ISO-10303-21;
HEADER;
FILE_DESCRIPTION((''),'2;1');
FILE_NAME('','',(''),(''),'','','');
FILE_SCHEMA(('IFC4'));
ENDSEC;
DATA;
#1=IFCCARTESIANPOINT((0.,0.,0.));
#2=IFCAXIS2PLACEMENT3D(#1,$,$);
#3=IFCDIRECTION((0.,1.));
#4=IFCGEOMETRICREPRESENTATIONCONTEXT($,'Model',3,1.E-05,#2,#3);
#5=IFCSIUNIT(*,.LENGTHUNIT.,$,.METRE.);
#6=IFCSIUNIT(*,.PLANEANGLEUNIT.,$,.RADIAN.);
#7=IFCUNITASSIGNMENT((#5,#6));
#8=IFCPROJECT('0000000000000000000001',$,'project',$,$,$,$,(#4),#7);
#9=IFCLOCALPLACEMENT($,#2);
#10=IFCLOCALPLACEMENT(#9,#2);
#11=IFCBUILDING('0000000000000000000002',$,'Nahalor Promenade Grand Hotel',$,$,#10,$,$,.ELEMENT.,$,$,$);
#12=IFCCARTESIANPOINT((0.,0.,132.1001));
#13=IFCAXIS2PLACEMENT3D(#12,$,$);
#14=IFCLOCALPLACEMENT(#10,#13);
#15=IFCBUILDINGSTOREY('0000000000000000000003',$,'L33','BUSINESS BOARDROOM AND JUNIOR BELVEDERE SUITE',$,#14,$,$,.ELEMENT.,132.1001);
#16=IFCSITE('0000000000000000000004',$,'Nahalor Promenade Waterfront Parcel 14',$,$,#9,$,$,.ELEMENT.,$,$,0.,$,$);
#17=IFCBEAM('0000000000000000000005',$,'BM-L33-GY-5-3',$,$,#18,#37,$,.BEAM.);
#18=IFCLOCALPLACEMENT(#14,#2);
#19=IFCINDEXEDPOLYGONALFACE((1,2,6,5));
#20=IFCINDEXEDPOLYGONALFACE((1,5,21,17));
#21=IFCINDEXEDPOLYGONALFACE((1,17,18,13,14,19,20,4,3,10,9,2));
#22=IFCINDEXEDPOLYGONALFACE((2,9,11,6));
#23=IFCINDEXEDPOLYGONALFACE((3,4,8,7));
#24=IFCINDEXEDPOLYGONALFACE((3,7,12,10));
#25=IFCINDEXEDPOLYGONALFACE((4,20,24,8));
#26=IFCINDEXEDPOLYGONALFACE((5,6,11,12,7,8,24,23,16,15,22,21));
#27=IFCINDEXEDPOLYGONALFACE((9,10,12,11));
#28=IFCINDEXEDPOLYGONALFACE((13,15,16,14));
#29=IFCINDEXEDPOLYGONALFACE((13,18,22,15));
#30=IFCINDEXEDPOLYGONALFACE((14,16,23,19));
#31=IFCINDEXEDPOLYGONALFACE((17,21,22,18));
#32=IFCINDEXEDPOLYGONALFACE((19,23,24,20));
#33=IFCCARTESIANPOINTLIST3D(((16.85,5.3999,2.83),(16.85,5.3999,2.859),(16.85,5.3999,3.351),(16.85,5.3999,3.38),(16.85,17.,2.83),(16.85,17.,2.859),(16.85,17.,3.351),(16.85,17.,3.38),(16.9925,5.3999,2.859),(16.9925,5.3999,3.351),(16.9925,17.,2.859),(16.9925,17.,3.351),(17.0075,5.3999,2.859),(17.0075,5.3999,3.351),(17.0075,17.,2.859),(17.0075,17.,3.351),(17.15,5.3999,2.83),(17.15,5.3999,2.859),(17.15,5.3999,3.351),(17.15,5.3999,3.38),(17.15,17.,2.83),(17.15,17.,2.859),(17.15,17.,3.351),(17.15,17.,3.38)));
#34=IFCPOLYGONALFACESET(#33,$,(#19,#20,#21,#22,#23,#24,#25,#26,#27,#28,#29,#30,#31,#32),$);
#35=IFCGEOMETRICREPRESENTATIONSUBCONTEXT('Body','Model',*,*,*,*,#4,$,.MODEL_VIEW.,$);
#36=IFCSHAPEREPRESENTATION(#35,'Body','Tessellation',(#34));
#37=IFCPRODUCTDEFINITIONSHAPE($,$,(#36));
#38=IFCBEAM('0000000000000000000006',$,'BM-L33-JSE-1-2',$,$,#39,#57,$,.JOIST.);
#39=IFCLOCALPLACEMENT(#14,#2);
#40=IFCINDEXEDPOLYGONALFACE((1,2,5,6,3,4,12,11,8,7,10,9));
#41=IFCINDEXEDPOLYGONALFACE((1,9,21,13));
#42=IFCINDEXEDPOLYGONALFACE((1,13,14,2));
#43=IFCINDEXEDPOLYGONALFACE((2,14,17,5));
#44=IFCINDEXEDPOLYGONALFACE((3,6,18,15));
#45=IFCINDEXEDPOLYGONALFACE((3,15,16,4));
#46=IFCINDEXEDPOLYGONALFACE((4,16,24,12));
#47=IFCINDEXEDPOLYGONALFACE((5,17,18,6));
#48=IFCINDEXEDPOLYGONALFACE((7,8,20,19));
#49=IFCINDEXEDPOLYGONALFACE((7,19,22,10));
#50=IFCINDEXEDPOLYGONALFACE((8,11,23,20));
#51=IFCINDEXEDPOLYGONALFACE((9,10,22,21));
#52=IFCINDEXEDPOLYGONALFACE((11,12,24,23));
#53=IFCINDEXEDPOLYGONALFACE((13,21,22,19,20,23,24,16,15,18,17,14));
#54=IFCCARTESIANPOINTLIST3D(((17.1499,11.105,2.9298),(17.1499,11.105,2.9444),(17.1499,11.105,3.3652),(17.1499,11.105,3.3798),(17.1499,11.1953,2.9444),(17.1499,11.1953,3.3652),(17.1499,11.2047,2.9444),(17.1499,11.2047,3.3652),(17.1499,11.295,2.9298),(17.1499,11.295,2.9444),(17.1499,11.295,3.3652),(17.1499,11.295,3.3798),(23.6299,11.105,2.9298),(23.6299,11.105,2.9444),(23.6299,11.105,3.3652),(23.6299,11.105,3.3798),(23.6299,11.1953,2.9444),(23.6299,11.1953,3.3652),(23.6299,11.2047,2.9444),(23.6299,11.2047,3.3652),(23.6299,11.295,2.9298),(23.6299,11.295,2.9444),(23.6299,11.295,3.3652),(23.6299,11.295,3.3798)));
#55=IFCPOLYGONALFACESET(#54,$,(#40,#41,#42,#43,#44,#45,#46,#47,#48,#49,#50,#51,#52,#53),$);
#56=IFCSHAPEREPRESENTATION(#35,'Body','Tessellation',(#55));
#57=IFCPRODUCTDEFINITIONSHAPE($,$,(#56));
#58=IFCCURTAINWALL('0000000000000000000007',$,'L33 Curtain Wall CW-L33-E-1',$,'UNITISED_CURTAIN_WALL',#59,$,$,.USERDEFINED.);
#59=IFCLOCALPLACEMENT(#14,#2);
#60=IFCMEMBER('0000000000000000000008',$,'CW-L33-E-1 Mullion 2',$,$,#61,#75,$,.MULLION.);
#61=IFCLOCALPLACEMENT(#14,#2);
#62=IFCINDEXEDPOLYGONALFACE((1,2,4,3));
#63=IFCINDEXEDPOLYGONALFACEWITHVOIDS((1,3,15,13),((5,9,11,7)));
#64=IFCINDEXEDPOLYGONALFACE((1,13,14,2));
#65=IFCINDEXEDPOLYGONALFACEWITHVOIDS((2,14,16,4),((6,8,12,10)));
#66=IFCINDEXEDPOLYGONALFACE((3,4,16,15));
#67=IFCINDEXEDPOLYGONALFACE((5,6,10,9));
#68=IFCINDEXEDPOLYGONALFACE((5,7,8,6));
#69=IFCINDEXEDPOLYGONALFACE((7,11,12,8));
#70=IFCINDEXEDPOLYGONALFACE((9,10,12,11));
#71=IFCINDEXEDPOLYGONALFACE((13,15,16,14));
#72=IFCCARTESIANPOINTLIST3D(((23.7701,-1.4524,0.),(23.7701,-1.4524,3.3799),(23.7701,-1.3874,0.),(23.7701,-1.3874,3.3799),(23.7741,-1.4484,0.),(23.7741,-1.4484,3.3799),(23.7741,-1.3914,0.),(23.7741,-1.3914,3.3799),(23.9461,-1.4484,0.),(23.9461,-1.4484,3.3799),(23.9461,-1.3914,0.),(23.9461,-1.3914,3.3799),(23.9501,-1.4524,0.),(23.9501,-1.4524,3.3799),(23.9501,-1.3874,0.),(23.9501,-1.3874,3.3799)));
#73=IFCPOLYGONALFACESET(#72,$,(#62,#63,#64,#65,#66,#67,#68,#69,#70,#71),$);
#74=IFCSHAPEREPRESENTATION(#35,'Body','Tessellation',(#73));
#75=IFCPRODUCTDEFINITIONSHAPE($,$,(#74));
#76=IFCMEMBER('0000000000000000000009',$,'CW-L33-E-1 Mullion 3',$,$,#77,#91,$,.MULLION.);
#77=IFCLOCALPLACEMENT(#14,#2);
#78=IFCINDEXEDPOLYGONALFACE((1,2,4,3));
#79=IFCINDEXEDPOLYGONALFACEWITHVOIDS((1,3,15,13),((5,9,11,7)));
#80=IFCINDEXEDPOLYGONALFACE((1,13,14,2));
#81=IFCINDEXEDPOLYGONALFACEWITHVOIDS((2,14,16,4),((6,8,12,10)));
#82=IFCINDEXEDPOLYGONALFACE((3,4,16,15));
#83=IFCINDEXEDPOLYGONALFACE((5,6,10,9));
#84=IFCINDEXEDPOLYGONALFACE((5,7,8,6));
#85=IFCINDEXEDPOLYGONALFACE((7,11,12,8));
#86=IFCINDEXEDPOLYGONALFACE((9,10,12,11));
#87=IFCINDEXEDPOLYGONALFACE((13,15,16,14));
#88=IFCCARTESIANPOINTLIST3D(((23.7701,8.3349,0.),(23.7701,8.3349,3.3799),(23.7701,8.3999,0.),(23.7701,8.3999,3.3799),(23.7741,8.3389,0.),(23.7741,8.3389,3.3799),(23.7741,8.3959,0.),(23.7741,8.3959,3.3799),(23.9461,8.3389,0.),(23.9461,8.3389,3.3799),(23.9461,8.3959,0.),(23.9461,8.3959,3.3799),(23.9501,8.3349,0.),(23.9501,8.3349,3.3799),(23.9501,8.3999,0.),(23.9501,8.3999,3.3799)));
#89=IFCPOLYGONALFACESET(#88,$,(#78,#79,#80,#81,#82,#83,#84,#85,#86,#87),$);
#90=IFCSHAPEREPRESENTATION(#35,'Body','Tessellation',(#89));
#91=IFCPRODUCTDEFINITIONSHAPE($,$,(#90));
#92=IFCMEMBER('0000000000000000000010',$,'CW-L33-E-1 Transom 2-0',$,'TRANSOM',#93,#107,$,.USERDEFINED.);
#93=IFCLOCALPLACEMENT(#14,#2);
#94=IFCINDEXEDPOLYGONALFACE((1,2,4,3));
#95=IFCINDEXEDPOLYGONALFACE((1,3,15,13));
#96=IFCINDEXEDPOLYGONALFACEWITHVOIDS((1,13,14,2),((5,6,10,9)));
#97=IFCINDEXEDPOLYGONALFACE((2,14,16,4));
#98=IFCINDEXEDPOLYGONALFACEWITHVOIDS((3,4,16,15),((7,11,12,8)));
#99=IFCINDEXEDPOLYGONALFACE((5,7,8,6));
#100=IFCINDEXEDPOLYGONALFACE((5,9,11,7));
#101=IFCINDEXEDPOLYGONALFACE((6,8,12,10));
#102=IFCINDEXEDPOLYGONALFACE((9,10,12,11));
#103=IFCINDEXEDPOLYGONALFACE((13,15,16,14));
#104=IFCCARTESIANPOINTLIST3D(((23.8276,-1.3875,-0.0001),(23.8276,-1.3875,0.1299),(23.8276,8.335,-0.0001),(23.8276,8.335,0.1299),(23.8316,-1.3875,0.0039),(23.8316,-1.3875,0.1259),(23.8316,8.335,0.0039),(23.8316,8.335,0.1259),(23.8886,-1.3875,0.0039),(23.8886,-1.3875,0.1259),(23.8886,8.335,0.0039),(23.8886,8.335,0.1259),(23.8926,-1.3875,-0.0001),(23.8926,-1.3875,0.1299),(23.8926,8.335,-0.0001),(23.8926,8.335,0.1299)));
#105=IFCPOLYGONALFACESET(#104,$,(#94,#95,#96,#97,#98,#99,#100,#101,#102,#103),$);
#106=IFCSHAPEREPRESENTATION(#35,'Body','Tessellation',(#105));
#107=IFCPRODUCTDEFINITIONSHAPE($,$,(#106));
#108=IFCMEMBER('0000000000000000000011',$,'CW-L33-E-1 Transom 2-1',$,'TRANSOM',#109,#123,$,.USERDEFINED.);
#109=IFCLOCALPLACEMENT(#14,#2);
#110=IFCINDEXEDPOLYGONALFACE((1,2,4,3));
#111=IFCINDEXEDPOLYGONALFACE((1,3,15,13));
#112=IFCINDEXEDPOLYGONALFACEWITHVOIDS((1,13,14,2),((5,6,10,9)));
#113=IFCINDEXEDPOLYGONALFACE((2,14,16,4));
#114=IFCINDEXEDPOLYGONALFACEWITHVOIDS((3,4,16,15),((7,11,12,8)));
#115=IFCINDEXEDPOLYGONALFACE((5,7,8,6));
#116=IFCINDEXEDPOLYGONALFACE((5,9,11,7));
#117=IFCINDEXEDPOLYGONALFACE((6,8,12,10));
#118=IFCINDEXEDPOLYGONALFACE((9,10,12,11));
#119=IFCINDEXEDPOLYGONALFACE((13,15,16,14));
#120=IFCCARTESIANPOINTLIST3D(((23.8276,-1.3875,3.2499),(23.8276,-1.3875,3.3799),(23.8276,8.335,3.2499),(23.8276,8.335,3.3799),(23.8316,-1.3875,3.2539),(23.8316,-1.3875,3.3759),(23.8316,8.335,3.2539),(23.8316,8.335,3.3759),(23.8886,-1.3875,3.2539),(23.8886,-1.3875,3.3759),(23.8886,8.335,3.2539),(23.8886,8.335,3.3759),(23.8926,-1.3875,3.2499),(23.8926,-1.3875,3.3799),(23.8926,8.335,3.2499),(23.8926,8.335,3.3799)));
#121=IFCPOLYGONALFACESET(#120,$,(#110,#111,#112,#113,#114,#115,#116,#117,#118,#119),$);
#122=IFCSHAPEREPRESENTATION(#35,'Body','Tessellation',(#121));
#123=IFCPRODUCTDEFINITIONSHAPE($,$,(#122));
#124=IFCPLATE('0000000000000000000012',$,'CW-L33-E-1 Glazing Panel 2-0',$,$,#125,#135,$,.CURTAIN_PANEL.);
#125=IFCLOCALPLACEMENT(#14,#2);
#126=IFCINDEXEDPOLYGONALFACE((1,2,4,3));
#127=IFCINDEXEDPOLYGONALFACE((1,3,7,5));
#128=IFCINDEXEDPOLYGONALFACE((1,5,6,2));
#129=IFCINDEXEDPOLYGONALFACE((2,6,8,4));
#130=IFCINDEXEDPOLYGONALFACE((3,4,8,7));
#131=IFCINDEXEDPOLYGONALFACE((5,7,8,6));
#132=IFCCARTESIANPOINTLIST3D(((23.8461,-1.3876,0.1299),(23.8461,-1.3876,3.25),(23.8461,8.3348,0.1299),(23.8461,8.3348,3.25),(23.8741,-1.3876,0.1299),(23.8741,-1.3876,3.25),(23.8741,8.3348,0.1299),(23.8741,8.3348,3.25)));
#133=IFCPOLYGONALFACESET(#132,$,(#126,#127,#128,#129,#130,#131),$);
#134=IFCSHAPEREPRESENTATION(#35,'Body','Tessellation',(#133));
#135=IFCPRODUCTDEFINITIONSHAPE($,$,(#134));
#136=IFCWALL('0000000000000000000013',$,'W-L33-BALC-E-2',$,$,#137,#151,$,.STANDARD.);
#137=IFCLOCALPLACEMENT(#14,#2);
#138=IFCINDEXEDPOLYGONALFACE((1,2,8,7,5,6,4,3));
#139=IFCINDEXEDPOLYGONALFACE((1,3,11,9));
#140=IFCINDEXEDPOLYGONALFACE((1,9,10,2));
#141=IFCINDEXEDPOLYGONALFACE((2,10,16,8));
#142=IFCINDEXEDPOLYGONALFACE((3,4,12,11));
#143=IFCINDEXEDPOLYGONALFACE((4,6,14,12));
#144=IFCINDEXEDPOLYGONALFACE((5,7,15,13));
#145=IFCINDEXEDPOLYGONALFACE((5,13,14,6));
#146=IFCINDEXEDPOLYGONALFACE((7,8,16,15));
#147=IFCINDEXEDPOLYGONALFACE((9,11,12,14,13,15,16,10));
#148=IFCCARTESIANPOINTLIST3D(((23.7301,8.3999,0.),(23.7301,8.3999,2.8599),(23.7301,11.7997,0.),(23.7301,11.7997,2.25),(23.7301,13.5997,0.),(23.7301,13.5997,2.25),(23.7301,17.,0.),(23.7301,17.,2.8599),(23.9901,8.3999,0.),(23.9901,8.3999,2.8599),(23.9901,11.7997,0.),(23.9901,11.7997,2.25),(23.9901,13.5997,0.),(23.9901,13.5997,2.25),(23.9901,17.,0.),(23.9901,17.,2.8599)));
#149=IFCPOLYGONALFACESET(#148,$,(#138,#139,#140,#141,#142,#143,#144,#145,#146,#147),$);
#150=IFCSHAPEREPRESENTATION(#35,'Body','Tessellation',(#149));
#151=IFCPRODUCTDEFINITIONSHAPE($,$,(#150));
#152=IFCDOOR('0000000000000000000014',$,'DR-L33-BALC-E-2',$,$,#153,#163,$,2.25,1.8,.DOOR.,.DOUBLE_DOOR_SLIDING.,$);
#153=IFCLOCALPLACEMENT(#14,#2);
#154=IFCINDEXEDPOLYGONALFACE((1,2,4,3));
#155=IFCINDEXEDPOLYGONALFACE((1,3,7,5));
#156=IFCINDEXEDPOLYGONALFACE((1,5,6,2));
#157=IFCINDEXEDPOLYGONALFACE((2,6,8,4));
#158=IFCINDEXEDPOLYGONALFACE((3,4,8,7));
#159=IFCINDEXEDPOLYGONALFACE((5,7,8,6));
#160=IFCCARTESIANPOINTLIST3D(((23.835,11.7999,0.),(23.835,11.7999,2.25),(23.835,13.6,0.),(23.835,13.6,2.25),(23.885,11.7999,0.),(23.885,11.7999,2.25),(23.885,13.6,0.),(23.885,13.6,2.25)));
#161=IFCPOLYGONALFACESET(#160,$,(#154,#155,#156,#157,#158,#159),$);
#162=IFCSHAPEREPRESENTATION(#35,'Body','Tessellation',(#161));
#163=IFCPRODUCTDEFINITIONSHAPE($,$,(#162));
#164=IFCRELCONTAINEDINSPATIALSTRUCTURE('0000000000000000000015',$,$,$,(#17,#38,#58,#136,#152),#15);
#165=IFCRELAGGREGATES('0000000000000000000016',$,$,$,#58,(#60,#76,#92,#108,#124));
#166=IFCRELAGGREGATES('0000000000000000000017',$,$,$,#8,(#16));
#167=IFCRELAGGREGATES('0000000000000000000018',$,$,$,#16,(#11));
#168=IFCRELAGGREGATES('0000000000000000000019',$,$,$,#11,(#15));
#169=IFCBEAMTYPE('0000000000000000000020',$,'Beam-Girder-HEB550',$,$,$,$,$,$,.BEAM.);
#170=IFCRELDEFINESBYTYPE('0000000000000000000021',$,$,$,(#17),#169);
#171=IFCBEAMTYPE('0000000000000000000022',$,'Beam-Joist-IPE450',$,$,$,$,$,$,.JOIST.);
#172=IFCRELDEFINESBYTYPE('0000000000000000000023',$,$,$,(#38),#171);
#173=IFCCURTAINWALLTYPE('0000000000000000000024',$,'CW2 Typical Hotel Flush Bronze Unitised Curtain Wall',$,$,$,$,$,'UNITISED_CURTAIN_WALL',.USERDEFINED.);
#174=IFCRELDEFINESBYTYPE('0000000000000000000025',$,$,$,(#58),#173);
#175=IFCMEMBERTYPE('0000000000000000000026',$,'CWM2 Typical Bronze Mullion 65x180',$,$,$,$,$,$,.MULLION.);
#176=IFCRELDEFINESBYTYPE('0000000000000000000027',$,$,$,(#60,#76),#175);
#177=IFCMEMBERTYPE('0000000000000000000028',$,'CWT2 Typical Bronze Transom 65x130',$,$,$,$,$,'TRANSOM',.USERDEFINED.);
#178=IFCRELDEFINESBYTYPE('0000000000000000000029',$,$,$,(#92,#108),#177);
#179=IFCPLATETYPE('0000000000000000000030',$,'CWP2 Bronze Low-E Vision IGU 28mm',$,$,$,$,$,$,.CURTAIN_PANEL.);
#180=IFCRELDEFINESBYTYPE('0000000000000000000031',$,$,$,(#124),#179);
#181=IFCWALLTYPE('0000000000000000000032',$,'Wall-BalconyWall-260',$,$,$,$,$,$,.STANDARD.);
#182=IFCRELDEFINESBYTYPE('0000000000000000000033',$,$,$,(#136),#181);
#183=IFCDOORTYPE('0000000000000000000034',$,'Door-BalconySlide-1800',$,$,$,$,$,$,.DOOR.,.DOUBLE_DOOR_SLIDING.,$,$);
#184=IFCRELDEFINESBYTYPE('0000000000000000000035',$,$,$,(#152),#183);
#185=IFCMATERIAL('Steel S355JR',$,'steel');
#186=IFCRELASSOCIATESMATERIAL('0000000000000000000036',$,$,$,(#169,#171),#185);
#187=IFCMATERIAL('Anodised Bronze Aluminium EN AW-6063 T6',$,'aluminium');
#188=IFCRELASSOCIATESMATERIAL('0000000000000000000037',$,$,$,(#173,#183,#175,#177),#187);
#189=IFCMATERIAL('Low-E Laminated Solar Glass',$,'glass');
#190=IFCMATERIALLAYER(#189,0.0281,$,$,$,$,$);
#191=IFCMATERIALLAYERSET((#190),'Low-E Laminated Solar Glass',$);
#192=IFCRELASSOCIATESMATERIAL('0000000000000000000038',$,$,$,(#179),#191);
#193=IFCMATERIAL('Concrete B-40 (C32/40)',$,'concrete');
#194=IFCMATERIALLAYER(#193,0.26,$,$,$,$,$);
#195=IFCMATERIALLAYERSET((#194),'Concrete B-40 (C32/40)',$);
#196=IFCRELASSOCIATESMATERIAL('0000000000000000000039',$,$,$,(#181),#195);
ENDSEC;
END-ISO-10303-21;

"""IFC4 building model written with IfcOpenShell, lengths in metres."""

from ifc_helpers import new_model, si_unit, direction, frame, frame_2d, origin, origin_2d, place, context, subcontext, project, spatial, rectangle, hollow_rectangle, i_section, extrude, source, transform, mapped, material, layer, layer_set, material_profile, profile_set, type_object, element, fill, aggregate, save


model = new_model("IFC4")

# Units and contexts
model_context = context("Model", 3, precision=1e-05, world=origin(), true_north=direction((0.0, 1.0)))
body_context = subcontext(model_context, "Body", "Model", "MODEL_VIEW")
ifc_project = project(units=[si_unit("LENGTHUNIT", "METRE"), si_unit("PLANEANGLEUNIT", "RADIAN")], contexts=[model_context])

# Site, building, storey
site_placement = place(None, origin())
site = spatial("IfcSite", under=ifc_project, at=site_placement, Name="Nahalor Promenade Waterfront Parcel 14", CompositionType="ELEMENT", RefElevation=0.0)
building_placement = place(site_placement, origin())
building = spatial("IfcBuilding", under=site, at=building_placement, Name="Nahalor Promenade Grand Hotel", CompositionType="ELEMENT")
storey_placement = place(building_placement, frame((0.0, 0.0, 132.1001)))
storey = spatial("IfcBuildingStorey", under=building, at=storey_placement, Name="L33", Description="BUSINESS BOARDROOM AND JUNIOR BELVEDERE SUITE", CompositionType="ELEMENT", Elevation=132.1001)

# Beams
ifc_material_1 = material(Name="Steel S355JR", Category="steel")
ifc_material_profile_1 = material_profile(ifc_material_1, i_section(OverallWidth=0.3, OverallDepth=0.55, WebThickness=0.015, FlangeThickness=0.029, at=origin_2d()), Name="HEB 550")
ifc_profile_set_1 = profile_set([ifc_material_profile_1], Name="Steel S355JR")
beam_type_1 = type_object("IfcBeamType", Name="Beam-Girder-HEB550", PredefinedType="BEAM", material=ifc_profile_set_1)
shared_shape_1 = source(origin(), body_context, "Body", "SweptSolid", [
    extrude(i_section(OverallWidth=0.3, OverallDepth=0.55, WebThickness=0.015, FlangeThickness=0.029, at=origin_2d()), origin(), (0.0, 0.0, 1.0), 11.6001),
])
beam_1_placement = place(storey_placement, frame((17.0, 5.3999, 3.105), z_axis=(0.0, 1.0, 0.0), x_axis=(-1.0, 0.0, 0.0)))
element("IfcBeam", 1, at=beam_1_placement, inside=storey, type_object=beam_type_1, Name="BM-L33-GY-5-3", PredefinedType="BEAM", context=body_context, shape_type="MappedRepresentation", body=[
    mapped(shared_shape_1, transform((0.0, 0.0, 0.0), scale=1.0)),
])
ifc_material_profile_2 = material_profile(ifc_material_1, i_section(OverallWidth=0.19, OverallDepth=0.45, WebThickness=0.0094, FlangeThickness=0.0146, at=origin_2d()), Name="IPE 450")
ifc_profile_set_2 = profile_set([ifc_material_profile_2], Name="Steel S355JR")
beam_type_2 = type_object("IfcBeamType", Name="Beam-Joist-IPE450", PredefinedType="JOIST", material=ifc_profile_set_2)
shared_shape_2 = source(origin(), body_context, "Body", "SweptSolid", [
    extrude(i_section(OverallWidth=0.19, OverallDepth=0.45, WebThickness=0.0094, FlangeThickness=0.0146, at=origin_2d()), origin(), (0.0, 0.0, 1.0), 6.48),
])
beam_2_placement = place(storey_placement, frame((17.1499, 11.2, 3.1548), z_axis=(1.0, 0.0, 0.0), x_axis=(0.0, 1.0, 0.0)))
element("IfcBeam", 2, at=beam_2_placement, inside=storey, type_object=beam_type_2, Name="BM-L33-JSE-1-2", PredefinedType="JOIST", context=body_context, shape_type="MappedRepresentation", body=[
    mapped(shared_shape_2, transform((0.0, 0.0, 0.0), scale=1.0)),
])

# Curtain wall, members, plate
ifc_material_2 = material(Name="Anodised Bronze Aluminium EN AW-6063 T6", Category="aluminium")
curtain_wall_type = type_object("IfcCurtainWallType", Name="CW2 Typical Hotel Flush Bronze Unitised Curtain Wall", ElementType="UNITISED_CURTAIN_WALL", PredefinedType="USERDEFINED", material=ifc_material_2)
curtain_wall_placement = place(storey_placement, origin())
curtain_wall = element("IfcCurtainWall", 3, at=curtain_wall_placement, inside=storey, type_object=curtain_wall_type, Name="L33 Curtain Wall CW-L33-E-1", ObjectType="UNITISED_CURTAIN_WALL", PredefinedType="USERDEFINED")
ifc_material_profile_3 = material_profile(ifc_material_2, hollow_rectangle(XDim=0.065, YDim=0.18, WallThickness=0.004, at=origin_2d()), Name="CWM 65x180x4")
ifc_profile_set_3 = profile_set([ifc_material_profile_3], Name="Anodised Bronze Aluminium EN AW-6063 T6")
member_type_1 = type_object("IfcMemberType", Name="CWM2 Typical Bronze Mullion 65x180", PredefinedType="MULLION", material=ifc_profile_set_3)
shared_shape_3 = source(origin(), body_context, "Body", "SweptSolid", [
    extrude(hollow_rectangle(XDim=0.065, YDim=0.18, WallThickness=0.004, at=origin_2d()), origin(), (0.0, 0.0, 1.0), 3.3799),
])
member_1_placement = place(storey_placement, frame((23.8601, -1.4199, 0.0), z_axis=(0.0, 0.0, 1.0), x_axis=(0.0, 1.0, 0.0)))
member_1 = element("IfcMember", 4, at=member_1_placement, type_object=member_type_1, Name="CW-L33-E-1 Mullion 2", PredefinedType="MULLION", context=body_context, shape_type="MappedRepresentation", body=[
    mapped(shared_shape_3, transform((0.0, 0.0, 0.0), scale=1.0)),
])
member_2_placement = place(storey_placement, frame((23.8601, 8.3674, 0.0), z_axis=(0.0, 0.0, 1.0), x_axis=(0.0, 1.0, 0.0)))
member_2 = element("IfcMember", 5, at=member_2_placement, type_object=member_type_1, Name="CW-L33-E-1 Mullion 3", PredefinedType="MULLION", context=body_context, shape_type="MappedRepresentation", body=[
    mapped(shared_shape_3, transform((0.0, 0.0, 0.0), scale=1.0)),
])
ifc_material_profile_4 = material_profile(ifc_material_2, hollow_rectangle(XDim=0.065, YDim=0.13, WallThickness=0.004, at=origin_2d()), Name="CWT 65x130x4")
ifc_profile_set_4 = profile_set([ifc_material_profile_4], Name="Anodised Bronze Aluminium EN AW-6063 T6")
member_type_2 = type_object("IfcMemberType", Name="CWT2 Typical Bronze Transom 65x130", ElementType="TRANSOM", PredefinedType="USERDEFINED", material=ifc_profile_set_4)
shared_shape_4 = source(origin(), body_context, "Body", "SweptSolid", [
    extrude(hollow_rectangle(XDim=0.065, YDim=0.13, WallThickness=0.004, at=origin_2d()), origin(), (0.0, 0.0, 1.0), 9.7224),
])
member_3_placement = place(storey_placement, frame((23.8601, -1.3875, 0.0649), z_axis=(0.0, 1.0, 0.0), x_axis=(-1.0, 0.0, 0.0)))
member_3 = element("IfcMember", 6, at=member_3_placement, type_object=member_type_2, Name="CW-L33-E-1 Transom 2-0", ObjectType="TRANSOM", PredefinedType="USERDEFINED", context=body_context, shape_type="MappedRepresentation", body=[
    mapped(shared_shape_4, transform((0.0, 0.0, 0.0), scale=1.0)),
])
member_4_placement = place(storey_placement, frame((23.8601, -1.3875, 3.3149), z_axis=(0.0, 1.0, 0.0), x_axis=(-1.0, 0.0, 0.0)))
member_4 = element("IfcMember", 7, at=member_4_placement, type_object=member_type_2, Name="CW-L33-E-1 Transom 2-1", ObjectType="TRANSOM", PredefinedType="USERDEFINED", context=body_context, shape_type="MappedRepresentation", body=[
    mapped(shared_shape_4, transform((0.0, 0.0, 0.0), scale=1.0)),
])
ifc_material_3 = material(Name="Low-E Laminated Solar Glass", Category="glass")
ifc_layer_1 = layer(ifc_material_3, 0.0281)
ifc_layer_set_1 = layer_set([ifc_layer_1], Name="Low-E Laminated Solar Glass")
plate_type = type_object("IfcPlateType", Name="CWP2 Bronze Low-E Vision IGU 28mm", PredefinedType="CURTAIN_PANEL", material=ifc_layer_set_1)
shared_shape_5 = source(origin(), body_context, "Body", "SweptSolid", [
    extrude(rectangle(XDim=9.7224, YDim=0.0281, at=origin_2d()), origin(), (0.0, 0.0, 1.0), 3.1201),
])
plate_placement = place(storey_placement, frame((23.8601, 3.4736, 0.1299), z_axis=(0.0, 0.0, 1.0), x_axis=(0.0, 1.0, 0.0)))
plate = element("IfcPlate", 8, at=plate_placement, type_object=plate_type, Name="CW-L33-E-1 Glazing Panel 2-0", PredefinedType="CURTAIN_PANEL", context=body_context, shape_type="MappedRepresentation", body=[
    mapped(shared_shape_5, transform((0.0, 0.0, 0.0), scale=1.0)),
])
aggregate(curtain_wall, [member_1, member_2, member_3, member_4, plate])

# Wall, opening, door
ifc_material_4 = material(Name="Concrete B-40 (C32/40)", Category="concrete")
ifc_layer_2 = layer(ifc_material_4, 0.26)
ifc_layer_set_2 = layer_set([ifc_layer_2], Name="Concrete B-40 (C32/40)")
wall_type_1 = type_object("IfcWallType", Name="Wall-BalconyWall-260", PredefinedType="STANDARD", material=ifc_layer_set_2)
shared_shape_6 = source(origin(), body_context, "Body", "SweptSolid", [
    extrude(rectangle(XDim=8.6001, YDim=0.26, at=frame_2d((4.3, 0.0))), origin(), (0.0, 0.0, 1.0), 2.8599),
])
wall_1_placement = place(storey_placement, frame((23.8601, 8.3999, 0.0), z_axis=(0.0, 0.0, 1.0), x_axis=(0.0, 1.0, 0.0)))
wall_1 = element("IfcWall", 9, at=wall_1_placement, inside=storey, type_object=wall_type_1, Name="W-L33-BALC-E-2", PredefinedType="STANDARD", context=body_context, shape_type="MappedRepresentation", body=[
    mapped(shared_shape_6, transform((0.0, 0.0, 0.0), scale=1.0)),
])
opening_1_placement = place(wall_1_placement, frame((3.3999, 0.0, 0.0)))
opening_1 = element("IfcOpeningElement", 10, at=opening_1_placement, cuts=wall_1, PredefinedType="OPENING", context=body_context, shape_type="SweptSolid", body=[
    extrude(rectangle(XDim=1.8, YDim=2.25, at=frame_2d((0.8999, 1.125))), frame((0.0, 0.1399, 0.0), z_axis=(0.0, -1.0, 0.0), x_axis=(1.0, 0.0, 0.0)), (0.0, 0.0, 1.0), 0.28),
])
door_type_1 = type_object("IfcDoorType", Name="Door-BalconySlide-1800", OperationType="DOUBLE_DOOR_SLIDING", PredefinedType="DOOR", material=ifc_material_2)
shared_shape_7 = source(origin(), body_context, "Body", "SweptSolid", [
    extrude(rectangle(XDim=1.8, YDim=2.25, at=frame_2d((0.8999, 1.125))), frame((0.0, 0.0249, 0.0), z_axis=(0.0, -1.0, 0.0), x_axis=(1.0, 0.0, 0.0)), (0.0, 0.0, 1.0), 0.05),
])
door_1_placement = place(opening_1_placement, frame((1.8, 0.0, 0.0), z_axis=(0.0, 0.0, 1.0), x_axis=(-1.0, 0.0, 0.0)))
door_1 = element("IfcDoor", 11, at=door_1_placement, inside=storey, type_object=door_type_1, Name="DR-L33-BALC-E-2", OperationType="DOUBLE_DOOR_SLIDING", OverallHeight=2.25, OverallWidth=1.8, PredefinedType="DOOR", context=body_context, shape_type="MappedRepresentation", body=[
    mapped(shared_shape_7, transform((0.0, 0.0, 0.0), scale=1.0)),
])
fill(opening_1, door_1)

save(model, "model.ifc")
